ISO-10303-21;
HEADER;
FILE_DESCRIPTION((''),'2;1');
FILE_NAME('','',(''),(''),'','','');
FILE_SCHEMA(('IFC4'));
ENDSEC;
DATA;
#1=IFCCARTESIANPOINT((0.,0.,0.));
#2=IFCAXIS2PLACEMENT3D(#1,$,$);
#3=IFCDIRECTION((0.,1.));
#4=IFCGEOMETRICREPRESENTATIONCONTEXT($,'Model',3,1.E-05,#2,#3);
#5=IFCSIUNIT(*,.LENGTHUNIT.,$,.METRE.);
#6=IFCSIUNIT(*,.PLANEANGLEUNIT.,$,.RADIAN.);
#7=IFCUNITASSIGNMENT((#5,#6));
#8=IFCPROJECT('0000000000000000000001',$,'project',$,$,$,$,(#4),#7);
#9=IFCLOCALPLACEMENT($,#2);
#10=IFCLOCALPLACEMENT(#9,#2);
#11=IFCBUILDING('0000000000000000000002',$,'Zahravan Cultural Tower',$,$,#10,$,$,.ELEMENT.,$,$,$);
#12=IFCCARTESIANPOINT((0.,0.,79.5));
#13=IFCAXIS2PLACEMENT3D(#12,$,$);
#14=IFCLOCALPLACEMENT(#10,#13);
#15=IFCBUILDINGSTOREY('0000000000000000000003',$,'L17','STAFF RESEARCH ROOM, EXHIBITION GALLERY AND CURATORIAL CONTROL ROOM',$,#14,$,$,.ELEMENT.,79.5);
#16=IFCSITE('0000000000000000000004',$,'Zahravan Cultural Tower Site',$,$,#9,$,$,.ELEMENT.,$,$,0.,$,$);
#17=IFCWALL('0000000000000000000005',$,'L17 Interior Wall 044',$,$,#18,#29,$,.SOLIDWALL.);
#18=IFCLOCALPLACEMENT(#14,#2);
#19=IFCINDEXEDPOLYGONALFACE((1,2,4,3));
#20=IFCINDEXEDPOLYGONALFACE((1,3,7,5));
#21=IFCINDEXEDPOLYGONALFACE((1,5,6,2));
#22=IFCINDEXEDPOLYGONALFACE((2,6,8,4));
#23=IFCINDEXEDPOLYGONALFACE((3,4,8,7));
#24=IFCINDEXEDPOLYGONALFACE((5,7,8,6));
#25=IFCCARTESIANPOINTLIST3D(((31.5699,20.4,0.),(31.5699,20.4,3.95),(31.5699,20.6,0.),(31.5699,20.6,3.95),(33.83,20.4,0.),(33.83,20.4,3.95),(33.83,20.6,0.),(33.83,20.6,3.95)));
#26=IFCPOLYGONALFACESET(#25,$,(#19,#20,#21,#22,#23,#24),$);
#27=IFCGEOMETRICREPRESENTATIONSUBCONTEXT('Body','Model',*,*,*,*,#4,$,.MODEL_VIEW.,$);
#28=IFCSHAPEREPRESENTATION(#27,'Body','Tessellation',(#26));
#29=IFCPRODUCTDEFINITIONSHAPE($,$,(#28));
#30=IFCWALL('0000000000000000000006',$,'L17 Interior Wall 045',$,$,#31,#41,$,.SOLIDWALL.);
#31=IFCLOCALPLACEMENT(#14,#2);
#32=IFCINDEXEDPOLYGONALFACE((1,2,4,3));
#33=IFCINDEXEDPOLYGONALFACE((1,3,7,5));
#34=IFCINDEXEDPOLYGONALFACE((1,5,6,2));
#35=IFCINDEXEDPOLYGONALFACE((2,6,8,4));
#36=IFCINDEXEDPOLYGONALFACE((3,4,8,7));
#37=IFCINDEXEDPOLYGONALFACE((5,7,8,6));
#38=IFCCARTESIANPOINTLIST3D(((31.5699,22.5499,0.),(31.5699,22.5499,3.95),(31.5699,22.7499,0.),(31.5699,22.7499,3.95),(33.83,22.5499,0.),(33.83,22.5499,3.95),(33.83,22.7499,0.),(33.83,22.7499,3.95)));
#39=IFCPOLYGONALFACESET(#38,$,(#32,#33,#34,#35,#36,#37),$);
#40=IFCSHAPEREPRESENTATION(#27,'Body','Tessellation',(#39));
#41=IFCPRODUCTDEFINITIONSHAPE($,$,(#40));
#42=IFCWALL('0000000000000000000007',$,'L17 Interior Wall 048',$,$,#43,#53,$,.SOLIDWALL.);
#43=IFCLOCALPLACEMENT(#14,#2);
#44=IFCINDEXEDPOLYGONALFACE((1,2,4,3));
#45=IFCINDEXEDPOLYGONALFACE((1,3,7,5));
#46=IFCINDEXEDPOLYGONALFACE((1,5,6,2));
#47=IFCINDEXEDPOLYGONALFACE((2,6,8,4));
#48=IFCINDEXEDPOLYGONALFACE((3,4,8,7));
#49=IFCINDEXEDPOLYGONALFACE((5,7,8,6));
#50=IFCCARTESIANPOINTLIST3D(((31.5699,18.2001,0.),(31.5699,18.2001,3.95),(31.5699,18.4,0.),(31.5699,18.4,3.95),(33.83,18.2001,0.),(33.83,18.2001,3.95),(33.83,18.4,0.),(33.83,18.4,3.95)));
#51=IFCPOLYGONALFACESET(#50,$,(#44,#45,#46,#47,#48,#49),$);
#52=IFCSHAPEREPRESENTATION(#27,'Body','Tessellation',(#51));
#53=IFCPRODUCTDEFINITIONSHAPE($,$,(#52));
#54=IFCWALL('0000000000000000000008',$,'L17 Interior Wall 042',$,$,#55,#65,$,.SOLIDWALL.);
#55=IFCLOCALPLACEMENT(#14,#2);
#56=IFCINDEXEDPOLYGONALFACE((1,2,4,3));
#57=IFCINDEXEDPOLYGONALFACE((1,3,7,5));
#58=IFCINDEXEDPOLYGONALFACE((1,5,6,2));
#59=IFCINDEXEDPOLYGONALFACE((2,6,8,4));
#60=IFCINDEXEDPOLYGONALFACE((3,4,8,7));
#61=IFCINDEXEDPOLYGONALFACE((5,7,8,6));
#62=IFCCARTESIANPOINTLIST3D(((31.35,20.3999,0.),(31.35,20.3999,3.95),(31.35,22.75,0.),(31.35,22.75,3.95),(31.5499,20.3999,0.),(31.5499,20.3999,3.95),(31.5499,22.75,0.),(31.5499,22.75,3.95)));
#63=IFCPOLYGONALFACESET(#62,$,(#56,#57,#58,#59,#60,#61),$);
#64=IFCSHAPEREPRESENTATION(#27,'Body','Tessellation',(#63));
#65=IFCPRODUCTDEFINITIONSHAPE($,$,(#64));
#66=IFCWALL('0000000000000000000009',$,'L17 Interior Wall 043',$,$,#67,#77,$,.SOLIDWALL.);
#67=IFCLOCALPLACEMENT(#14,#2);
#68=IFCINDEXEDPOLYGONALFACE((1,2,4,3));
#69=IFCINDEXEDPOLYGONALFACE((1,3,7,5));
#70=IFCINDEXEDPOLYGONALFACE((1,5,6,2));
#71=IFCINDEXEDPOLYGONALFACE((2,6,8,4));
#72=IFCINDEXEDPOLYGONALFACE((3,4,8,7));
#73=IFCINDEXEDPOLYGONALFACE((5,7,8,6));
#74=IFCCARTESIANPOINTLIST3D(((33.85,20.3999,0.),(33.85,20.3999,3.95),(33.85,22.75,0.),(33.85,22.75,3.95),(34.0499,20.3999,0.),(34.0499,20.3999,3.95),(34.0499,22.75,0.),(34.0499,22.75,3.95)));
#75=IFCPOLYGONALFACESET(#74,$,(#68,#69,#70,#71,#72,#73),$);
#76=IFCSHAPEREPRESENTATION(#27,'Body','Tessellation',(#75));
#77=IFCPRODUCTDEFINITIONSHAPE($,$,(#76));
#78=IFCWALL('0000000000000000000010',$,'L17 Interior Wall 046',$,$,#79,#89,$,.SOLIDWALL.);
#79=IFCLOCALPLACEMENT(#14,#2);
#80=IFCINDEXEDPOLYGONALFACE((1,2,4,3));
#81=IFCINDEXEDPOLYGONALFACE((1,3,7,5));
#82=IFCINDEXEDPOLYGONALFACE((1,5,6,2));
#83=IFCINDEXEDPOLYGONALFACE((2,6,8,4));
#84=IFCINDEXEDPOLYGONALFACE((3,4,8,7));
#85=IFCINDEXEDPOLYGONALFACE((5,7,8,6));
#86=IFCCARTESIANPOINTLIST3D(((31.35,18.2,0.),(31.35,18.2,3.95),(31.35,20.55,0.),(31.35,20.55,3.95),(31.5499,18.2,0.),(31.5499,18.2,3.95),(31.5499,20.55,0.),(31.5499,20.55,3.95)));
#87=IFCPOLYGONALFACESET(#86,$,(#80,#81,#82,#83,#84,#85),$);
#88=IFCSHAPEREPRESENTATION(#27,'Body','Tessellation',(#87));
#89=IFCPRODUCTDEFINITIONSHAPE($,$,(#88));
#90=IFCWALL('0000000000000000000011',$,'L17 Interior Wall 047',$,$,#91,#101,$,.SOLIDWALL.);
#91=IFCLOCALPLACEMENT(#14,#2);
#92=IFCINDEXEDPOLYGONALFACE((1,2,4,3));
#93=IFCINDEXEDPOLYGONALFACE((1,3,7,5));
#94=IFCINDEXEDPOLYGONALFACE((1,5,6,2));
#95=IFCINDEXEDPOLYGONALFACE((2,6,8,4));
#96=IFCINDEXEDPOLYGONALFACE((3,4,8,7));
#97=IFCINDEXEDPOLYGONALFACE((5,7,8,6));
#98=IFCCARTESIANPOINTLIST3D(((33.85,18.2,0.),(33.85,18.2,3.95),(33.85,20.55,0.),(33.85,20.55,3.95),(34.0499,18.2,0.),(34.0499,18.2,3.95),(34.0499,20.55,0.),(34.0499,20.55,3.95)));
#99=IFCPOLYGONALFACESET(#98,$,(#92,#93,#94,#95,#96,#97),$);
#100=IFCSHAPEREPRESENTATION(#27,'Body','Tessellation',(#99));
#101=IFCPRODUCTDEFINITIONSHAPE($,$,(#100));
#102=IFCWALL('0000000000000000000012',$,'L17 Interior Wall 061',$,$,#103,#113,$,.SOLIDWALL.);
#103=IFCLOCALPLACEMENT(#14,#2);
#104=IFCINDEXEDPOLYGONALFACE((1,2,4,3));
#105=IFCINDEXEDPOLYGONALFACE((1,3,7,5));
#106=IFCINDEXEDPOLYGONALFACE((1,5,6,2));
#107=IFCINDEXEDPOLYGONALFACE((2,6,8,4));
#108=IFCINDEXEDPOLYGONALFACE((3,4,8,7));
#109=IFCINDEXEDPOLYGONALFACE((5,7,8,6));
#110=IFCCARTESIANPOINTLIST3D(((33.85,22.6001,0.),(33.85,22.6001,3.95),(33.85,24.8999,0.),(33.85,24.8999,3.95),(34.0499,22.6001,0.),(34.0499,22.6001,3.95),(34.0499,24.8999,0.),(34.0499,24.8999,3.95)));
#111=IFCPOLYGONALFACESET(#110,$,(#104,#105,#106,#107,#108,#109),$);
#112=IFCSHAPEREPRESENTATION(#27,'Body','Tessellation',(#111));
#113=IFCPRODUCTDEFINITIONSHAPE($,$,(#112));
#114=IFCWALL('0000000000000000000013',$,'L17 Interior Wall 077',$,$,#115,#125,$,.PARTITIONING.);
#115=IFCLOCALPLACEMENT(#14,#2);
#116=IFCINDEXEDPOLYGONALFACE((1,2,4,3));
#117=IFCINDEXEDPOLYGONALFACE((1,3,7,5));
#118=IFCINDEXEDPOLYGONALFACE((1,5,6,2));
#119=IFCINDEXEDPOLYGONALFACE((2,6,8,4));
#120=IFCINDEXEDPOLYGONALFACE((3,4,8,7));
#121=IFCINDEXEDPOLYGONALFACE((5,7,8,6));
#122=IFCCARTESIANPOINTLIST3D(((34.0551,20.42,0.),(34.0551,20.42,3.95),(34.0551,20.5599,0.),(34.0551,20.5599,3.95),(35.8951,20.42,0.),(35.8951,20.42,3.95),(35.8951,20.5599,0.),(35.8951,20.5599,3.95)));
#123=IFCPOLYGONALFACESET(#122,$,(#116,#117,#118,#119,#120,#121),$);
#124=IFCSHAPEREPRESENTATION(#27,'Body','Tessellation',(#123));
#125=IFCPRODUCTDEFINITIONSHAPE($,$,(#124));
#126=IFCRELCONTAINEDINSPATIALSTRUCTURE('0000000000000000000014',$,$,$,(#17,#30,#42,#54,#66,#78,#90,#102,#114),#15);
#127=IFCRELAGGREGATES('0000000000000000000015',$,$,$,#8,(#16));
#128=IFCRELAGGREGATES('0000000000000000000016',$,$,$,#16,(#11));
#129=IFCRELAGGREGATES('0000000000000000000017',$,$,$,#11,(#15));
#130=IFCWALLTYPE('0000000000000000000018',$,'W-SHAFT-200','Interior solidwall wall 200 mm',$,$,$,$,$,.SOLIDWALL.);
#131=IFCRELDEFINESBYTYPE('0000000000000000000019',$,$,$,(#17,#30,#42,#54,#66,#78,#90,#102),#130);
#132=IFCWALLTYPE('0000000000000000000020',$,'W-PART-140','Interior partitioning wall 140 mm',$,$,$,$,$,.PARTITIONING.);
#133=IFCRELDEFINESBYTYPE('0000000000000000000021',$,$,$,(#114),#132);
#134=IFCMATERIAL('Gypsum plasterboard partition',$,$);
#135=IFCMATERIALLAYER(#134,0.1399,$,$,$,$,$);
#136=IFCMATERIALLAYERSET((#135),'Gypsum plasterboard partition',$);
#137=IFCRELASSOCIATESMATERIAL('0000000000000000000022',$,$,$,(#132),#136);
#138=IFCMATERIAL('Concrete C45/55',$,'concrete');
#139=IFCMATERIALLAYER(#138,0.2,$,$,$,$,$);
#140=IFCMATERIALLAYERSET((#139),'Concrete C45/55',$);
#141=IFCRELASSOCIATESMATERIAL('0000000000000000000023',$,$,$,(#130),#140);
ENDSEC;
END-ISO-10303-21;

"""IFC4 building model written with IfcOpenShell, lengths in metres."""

from ifc_helpers import new_model, si_unit, direction, frame, frame_2d, origin, place, context, subcontext, project, spatial, rectangle, extrude, source, transform, mapped, material, layer, layer_set, type_object, element, save


model = new_model("IFC4")

# Units and contexts
model_context = context("Model", 3, precision=1e-05, world=origin(), true_north=direction((0.0, 1.0)))
body_context = subcontext(model_context, "Body", "Model", "MODEL_VIEW")
ifc_project = project(units=[si_unit("LENGTHUNIT", "METRE"), si_unit("PLANEANGLEUNIT", "RADIAN")], contexts=[model_context])

# Site, building, storey
site_placement = place(None, origin())
site = spatial("IfcSite", under=ifc_project, at=site_placement, Name="Zahravan Cultural Tower Site", CompositionType="ELEMENT", RefElevation=0.0)
building_placement = place(site_placement, origin())
building = spatial("IfcBuilding", under=site, at=building_placement, Name="Zahravan Cultural Tower", CompositionType="ELEMENT")
storey_placement = place(building_placement, frame((0.0, 0.0, 79.5)))
storey = spatial("IfcBuildingStorey", under=building, at=storey_placement, Name="L17", Description="STAFF RESEARCH ROOM, EXHIBITION GALLERY AND CURATORIAL CONTROL ROOM", CompositionType="ELEMENT", Elevation=79.5)

# Shared definitions
ifc_material_1 = material(Name="Gypsum plasterboard partition")
ifc_layer_1 = layer(ifc_material_1, 0.1399)
ifc_layer_set_1 = layer_set([ifc_layer_1], Name="Gypsum plasterboard partition")
wall_type_1 = type_object("IfcWallType", Name="W-PART-140", Description="Interior partitioning wall 140 mm", PredefinedType="PARTITIONING", material=ifc_layer_set_1)
ifc_material_2 = material(Name="Concrete C45/55", Category="concrete")
ifc_layer_2 = layer(ifc_material_2, 0.2)
ifc_layer_set_2 = layer_set([ifc_layer_2], Name="Concrete C45/55")
wall_type_2 = type_object("IfcWallType", Name="W-SHAFT-200", Description="Interior solidwall wall 200 mm", PredefinedType="SOLIDWALL", material=ifc_layer_set_2)

# Walls
shared_shape_1 = source(origin(), body_context, "Body", "SweptSolid", [
    extrude(rectangle(XDim=2.26, YDim=0.2, at=frame_2d((1.1299, 0.0))), origin(), (0.0, 0.0, 1.0), 3.95),
])
for number, where, z_axis, x_axis, name in (
    (1, (31.5701, 20.5, 0.0), (0.0, 0.0, 1.0), (1.0, 0.0, 0.0), "L17 Interior Wall 044"),
    (2, (31.5701, 22.6499, 0.0), (0.0, 0.0, 1.0), (1.0, 0.0, 0.0), "L17 Interior Wall 045"),
    (3, (31.5701, 18.3, 0.0), (0.0, 0.0, 1.0), (1.0, 0.0, 0.0), "L17 Interior Wall 048"),
):
    element("IfcWall", number, at=place(storey_placement, frame(where, z_axis=z_axis, x_axis=x_axis)), inside=storey, type_object=wall_type_2, Name=name, PredefinedType="SOLIDWALL", context=body_context, shape_type="MappedRepresentation", body=[
        mapped(shared_shape_1, transform((0.0, 0.0, 0.0), x_axis=(1.0, 0.0, 0.0), y_axis=(0.0, 1.0, 0.0), z_axis=(0.0, 0.0, 1.0), scale=1.0)),
    ])
shared_shape_2 = source(origin(), body_context, "Body", "SweptSolid", [
    extrude(rectangle(XDim=2.3501, YDim=0.2, at=frame_2d((1.175, 0.0))), origin(), (0.0, 0.0, 1.0), 3.95),
])
for number, where, z_axis, x_axis, name in (
    (4, (31.45, 20.3999, 0.0), (0.0, 0.0, 1.0), (0.0, 1.0, 0.0), "L17 Interior Wall 042"),
    (5, (33.95, 20.3999, 0.0), (0.0, 0.0, 1.0), (0.0, 1.0, 0.0), "L17 Interior Wall 043"),
    (6, (31.45, 18.2, 0.0), (0.0, 0.0, 1.0), (0.0, 1.0, 0.0), "L17 Interior Wall 046"),
    (7, (33.95, 18.2, 0.0), (0.0, 0.0, 1.0), (0.0, 1.0, 0.0), "L17 Interior Wall 047"),
):
    element("IfcWall", number, at=place(storey_placement, frame(where, z_axis=z_axis, x_axis=x_axis)), inside=storey, type_object=wall_type_2, Name=name, PredefinedType="SOLIDWALL", context=body_context, shape_type="MappedRepresentation", body=[
        mapped(shared_shape_2, transform((0.0, 0.0, 0.0), x_axis=(1.0, 0.0, 0.0), y_axis=(0.0, 1.0, 0.0), z_axis=(0.0, 0.0, 1.0), scale=1.0)),
    ])
shared_shape_3 = source(origin(), body_context, "Body", "SweptSolid", [
    extrude(rectangle(XDim=2.2998, YDim=0.2, at=frame_2d((1.1499, 0.0))), origin(), (0.0, 0.0, 1.0), 3.95),
])
wall_1_placement = place(storey_placement, frame((33.95, 22.6001, 0.0), z_axis=(0.0, 0.0, 1.0), x_axis=(0.0, 1.0, 0.0)))
element("IfcWall", 8, at=wall_1_placement, inside=storey, type_object=wall_type_2, Name="L17 Interior Wall 061", PredefinedType="SOLIDWALL", context=body_context, shape_type="MappedRepresentation", body=[
    mapped(shared_shape_3, transform((0.0, 0.0, 0.0), x_axis=(1.0, 0.0, 0.0), y_axis=(0.0, 1.0, 0.0), z_axis=(0.0, 0.0, 1.0), scale=1.0)),
])
shared_shape_4 = source(origin(), body_context, "Body", "SweptSolid", [
    extrude(rectangle(XDim=1.8401, YDim=0.1399, at=frame_2d((0.9199, 0.0))), origin(), (0.0, 0.0, 1.0), 3.95),
])
wall_2_placement = place(storey_placement, frame((35.895, 20.49, 0.0), z_axis=(0.0, 0.0, 1.0), x_axis=(-1.0, 0.0, 0.0)))
element("IfcWall", 9, at=wall_2_placement, inside=storey, type_object=wall_type_1, Name="L17 Interior Wall 077", PredefinedType="PARTITIONING", context=body_context, shape_type="MappedRepresentation", body=[
    mapped(shared_shape_4, transform((0.0, 0.0, 0.0), x_axis=(1.0, 0.0, 0.0), y_axis=(0.0, 1.0, 0.0), z_axis=(0.0, 0.0, 1.0), scale=1.0)),
])

save(model, "model.ifc")
